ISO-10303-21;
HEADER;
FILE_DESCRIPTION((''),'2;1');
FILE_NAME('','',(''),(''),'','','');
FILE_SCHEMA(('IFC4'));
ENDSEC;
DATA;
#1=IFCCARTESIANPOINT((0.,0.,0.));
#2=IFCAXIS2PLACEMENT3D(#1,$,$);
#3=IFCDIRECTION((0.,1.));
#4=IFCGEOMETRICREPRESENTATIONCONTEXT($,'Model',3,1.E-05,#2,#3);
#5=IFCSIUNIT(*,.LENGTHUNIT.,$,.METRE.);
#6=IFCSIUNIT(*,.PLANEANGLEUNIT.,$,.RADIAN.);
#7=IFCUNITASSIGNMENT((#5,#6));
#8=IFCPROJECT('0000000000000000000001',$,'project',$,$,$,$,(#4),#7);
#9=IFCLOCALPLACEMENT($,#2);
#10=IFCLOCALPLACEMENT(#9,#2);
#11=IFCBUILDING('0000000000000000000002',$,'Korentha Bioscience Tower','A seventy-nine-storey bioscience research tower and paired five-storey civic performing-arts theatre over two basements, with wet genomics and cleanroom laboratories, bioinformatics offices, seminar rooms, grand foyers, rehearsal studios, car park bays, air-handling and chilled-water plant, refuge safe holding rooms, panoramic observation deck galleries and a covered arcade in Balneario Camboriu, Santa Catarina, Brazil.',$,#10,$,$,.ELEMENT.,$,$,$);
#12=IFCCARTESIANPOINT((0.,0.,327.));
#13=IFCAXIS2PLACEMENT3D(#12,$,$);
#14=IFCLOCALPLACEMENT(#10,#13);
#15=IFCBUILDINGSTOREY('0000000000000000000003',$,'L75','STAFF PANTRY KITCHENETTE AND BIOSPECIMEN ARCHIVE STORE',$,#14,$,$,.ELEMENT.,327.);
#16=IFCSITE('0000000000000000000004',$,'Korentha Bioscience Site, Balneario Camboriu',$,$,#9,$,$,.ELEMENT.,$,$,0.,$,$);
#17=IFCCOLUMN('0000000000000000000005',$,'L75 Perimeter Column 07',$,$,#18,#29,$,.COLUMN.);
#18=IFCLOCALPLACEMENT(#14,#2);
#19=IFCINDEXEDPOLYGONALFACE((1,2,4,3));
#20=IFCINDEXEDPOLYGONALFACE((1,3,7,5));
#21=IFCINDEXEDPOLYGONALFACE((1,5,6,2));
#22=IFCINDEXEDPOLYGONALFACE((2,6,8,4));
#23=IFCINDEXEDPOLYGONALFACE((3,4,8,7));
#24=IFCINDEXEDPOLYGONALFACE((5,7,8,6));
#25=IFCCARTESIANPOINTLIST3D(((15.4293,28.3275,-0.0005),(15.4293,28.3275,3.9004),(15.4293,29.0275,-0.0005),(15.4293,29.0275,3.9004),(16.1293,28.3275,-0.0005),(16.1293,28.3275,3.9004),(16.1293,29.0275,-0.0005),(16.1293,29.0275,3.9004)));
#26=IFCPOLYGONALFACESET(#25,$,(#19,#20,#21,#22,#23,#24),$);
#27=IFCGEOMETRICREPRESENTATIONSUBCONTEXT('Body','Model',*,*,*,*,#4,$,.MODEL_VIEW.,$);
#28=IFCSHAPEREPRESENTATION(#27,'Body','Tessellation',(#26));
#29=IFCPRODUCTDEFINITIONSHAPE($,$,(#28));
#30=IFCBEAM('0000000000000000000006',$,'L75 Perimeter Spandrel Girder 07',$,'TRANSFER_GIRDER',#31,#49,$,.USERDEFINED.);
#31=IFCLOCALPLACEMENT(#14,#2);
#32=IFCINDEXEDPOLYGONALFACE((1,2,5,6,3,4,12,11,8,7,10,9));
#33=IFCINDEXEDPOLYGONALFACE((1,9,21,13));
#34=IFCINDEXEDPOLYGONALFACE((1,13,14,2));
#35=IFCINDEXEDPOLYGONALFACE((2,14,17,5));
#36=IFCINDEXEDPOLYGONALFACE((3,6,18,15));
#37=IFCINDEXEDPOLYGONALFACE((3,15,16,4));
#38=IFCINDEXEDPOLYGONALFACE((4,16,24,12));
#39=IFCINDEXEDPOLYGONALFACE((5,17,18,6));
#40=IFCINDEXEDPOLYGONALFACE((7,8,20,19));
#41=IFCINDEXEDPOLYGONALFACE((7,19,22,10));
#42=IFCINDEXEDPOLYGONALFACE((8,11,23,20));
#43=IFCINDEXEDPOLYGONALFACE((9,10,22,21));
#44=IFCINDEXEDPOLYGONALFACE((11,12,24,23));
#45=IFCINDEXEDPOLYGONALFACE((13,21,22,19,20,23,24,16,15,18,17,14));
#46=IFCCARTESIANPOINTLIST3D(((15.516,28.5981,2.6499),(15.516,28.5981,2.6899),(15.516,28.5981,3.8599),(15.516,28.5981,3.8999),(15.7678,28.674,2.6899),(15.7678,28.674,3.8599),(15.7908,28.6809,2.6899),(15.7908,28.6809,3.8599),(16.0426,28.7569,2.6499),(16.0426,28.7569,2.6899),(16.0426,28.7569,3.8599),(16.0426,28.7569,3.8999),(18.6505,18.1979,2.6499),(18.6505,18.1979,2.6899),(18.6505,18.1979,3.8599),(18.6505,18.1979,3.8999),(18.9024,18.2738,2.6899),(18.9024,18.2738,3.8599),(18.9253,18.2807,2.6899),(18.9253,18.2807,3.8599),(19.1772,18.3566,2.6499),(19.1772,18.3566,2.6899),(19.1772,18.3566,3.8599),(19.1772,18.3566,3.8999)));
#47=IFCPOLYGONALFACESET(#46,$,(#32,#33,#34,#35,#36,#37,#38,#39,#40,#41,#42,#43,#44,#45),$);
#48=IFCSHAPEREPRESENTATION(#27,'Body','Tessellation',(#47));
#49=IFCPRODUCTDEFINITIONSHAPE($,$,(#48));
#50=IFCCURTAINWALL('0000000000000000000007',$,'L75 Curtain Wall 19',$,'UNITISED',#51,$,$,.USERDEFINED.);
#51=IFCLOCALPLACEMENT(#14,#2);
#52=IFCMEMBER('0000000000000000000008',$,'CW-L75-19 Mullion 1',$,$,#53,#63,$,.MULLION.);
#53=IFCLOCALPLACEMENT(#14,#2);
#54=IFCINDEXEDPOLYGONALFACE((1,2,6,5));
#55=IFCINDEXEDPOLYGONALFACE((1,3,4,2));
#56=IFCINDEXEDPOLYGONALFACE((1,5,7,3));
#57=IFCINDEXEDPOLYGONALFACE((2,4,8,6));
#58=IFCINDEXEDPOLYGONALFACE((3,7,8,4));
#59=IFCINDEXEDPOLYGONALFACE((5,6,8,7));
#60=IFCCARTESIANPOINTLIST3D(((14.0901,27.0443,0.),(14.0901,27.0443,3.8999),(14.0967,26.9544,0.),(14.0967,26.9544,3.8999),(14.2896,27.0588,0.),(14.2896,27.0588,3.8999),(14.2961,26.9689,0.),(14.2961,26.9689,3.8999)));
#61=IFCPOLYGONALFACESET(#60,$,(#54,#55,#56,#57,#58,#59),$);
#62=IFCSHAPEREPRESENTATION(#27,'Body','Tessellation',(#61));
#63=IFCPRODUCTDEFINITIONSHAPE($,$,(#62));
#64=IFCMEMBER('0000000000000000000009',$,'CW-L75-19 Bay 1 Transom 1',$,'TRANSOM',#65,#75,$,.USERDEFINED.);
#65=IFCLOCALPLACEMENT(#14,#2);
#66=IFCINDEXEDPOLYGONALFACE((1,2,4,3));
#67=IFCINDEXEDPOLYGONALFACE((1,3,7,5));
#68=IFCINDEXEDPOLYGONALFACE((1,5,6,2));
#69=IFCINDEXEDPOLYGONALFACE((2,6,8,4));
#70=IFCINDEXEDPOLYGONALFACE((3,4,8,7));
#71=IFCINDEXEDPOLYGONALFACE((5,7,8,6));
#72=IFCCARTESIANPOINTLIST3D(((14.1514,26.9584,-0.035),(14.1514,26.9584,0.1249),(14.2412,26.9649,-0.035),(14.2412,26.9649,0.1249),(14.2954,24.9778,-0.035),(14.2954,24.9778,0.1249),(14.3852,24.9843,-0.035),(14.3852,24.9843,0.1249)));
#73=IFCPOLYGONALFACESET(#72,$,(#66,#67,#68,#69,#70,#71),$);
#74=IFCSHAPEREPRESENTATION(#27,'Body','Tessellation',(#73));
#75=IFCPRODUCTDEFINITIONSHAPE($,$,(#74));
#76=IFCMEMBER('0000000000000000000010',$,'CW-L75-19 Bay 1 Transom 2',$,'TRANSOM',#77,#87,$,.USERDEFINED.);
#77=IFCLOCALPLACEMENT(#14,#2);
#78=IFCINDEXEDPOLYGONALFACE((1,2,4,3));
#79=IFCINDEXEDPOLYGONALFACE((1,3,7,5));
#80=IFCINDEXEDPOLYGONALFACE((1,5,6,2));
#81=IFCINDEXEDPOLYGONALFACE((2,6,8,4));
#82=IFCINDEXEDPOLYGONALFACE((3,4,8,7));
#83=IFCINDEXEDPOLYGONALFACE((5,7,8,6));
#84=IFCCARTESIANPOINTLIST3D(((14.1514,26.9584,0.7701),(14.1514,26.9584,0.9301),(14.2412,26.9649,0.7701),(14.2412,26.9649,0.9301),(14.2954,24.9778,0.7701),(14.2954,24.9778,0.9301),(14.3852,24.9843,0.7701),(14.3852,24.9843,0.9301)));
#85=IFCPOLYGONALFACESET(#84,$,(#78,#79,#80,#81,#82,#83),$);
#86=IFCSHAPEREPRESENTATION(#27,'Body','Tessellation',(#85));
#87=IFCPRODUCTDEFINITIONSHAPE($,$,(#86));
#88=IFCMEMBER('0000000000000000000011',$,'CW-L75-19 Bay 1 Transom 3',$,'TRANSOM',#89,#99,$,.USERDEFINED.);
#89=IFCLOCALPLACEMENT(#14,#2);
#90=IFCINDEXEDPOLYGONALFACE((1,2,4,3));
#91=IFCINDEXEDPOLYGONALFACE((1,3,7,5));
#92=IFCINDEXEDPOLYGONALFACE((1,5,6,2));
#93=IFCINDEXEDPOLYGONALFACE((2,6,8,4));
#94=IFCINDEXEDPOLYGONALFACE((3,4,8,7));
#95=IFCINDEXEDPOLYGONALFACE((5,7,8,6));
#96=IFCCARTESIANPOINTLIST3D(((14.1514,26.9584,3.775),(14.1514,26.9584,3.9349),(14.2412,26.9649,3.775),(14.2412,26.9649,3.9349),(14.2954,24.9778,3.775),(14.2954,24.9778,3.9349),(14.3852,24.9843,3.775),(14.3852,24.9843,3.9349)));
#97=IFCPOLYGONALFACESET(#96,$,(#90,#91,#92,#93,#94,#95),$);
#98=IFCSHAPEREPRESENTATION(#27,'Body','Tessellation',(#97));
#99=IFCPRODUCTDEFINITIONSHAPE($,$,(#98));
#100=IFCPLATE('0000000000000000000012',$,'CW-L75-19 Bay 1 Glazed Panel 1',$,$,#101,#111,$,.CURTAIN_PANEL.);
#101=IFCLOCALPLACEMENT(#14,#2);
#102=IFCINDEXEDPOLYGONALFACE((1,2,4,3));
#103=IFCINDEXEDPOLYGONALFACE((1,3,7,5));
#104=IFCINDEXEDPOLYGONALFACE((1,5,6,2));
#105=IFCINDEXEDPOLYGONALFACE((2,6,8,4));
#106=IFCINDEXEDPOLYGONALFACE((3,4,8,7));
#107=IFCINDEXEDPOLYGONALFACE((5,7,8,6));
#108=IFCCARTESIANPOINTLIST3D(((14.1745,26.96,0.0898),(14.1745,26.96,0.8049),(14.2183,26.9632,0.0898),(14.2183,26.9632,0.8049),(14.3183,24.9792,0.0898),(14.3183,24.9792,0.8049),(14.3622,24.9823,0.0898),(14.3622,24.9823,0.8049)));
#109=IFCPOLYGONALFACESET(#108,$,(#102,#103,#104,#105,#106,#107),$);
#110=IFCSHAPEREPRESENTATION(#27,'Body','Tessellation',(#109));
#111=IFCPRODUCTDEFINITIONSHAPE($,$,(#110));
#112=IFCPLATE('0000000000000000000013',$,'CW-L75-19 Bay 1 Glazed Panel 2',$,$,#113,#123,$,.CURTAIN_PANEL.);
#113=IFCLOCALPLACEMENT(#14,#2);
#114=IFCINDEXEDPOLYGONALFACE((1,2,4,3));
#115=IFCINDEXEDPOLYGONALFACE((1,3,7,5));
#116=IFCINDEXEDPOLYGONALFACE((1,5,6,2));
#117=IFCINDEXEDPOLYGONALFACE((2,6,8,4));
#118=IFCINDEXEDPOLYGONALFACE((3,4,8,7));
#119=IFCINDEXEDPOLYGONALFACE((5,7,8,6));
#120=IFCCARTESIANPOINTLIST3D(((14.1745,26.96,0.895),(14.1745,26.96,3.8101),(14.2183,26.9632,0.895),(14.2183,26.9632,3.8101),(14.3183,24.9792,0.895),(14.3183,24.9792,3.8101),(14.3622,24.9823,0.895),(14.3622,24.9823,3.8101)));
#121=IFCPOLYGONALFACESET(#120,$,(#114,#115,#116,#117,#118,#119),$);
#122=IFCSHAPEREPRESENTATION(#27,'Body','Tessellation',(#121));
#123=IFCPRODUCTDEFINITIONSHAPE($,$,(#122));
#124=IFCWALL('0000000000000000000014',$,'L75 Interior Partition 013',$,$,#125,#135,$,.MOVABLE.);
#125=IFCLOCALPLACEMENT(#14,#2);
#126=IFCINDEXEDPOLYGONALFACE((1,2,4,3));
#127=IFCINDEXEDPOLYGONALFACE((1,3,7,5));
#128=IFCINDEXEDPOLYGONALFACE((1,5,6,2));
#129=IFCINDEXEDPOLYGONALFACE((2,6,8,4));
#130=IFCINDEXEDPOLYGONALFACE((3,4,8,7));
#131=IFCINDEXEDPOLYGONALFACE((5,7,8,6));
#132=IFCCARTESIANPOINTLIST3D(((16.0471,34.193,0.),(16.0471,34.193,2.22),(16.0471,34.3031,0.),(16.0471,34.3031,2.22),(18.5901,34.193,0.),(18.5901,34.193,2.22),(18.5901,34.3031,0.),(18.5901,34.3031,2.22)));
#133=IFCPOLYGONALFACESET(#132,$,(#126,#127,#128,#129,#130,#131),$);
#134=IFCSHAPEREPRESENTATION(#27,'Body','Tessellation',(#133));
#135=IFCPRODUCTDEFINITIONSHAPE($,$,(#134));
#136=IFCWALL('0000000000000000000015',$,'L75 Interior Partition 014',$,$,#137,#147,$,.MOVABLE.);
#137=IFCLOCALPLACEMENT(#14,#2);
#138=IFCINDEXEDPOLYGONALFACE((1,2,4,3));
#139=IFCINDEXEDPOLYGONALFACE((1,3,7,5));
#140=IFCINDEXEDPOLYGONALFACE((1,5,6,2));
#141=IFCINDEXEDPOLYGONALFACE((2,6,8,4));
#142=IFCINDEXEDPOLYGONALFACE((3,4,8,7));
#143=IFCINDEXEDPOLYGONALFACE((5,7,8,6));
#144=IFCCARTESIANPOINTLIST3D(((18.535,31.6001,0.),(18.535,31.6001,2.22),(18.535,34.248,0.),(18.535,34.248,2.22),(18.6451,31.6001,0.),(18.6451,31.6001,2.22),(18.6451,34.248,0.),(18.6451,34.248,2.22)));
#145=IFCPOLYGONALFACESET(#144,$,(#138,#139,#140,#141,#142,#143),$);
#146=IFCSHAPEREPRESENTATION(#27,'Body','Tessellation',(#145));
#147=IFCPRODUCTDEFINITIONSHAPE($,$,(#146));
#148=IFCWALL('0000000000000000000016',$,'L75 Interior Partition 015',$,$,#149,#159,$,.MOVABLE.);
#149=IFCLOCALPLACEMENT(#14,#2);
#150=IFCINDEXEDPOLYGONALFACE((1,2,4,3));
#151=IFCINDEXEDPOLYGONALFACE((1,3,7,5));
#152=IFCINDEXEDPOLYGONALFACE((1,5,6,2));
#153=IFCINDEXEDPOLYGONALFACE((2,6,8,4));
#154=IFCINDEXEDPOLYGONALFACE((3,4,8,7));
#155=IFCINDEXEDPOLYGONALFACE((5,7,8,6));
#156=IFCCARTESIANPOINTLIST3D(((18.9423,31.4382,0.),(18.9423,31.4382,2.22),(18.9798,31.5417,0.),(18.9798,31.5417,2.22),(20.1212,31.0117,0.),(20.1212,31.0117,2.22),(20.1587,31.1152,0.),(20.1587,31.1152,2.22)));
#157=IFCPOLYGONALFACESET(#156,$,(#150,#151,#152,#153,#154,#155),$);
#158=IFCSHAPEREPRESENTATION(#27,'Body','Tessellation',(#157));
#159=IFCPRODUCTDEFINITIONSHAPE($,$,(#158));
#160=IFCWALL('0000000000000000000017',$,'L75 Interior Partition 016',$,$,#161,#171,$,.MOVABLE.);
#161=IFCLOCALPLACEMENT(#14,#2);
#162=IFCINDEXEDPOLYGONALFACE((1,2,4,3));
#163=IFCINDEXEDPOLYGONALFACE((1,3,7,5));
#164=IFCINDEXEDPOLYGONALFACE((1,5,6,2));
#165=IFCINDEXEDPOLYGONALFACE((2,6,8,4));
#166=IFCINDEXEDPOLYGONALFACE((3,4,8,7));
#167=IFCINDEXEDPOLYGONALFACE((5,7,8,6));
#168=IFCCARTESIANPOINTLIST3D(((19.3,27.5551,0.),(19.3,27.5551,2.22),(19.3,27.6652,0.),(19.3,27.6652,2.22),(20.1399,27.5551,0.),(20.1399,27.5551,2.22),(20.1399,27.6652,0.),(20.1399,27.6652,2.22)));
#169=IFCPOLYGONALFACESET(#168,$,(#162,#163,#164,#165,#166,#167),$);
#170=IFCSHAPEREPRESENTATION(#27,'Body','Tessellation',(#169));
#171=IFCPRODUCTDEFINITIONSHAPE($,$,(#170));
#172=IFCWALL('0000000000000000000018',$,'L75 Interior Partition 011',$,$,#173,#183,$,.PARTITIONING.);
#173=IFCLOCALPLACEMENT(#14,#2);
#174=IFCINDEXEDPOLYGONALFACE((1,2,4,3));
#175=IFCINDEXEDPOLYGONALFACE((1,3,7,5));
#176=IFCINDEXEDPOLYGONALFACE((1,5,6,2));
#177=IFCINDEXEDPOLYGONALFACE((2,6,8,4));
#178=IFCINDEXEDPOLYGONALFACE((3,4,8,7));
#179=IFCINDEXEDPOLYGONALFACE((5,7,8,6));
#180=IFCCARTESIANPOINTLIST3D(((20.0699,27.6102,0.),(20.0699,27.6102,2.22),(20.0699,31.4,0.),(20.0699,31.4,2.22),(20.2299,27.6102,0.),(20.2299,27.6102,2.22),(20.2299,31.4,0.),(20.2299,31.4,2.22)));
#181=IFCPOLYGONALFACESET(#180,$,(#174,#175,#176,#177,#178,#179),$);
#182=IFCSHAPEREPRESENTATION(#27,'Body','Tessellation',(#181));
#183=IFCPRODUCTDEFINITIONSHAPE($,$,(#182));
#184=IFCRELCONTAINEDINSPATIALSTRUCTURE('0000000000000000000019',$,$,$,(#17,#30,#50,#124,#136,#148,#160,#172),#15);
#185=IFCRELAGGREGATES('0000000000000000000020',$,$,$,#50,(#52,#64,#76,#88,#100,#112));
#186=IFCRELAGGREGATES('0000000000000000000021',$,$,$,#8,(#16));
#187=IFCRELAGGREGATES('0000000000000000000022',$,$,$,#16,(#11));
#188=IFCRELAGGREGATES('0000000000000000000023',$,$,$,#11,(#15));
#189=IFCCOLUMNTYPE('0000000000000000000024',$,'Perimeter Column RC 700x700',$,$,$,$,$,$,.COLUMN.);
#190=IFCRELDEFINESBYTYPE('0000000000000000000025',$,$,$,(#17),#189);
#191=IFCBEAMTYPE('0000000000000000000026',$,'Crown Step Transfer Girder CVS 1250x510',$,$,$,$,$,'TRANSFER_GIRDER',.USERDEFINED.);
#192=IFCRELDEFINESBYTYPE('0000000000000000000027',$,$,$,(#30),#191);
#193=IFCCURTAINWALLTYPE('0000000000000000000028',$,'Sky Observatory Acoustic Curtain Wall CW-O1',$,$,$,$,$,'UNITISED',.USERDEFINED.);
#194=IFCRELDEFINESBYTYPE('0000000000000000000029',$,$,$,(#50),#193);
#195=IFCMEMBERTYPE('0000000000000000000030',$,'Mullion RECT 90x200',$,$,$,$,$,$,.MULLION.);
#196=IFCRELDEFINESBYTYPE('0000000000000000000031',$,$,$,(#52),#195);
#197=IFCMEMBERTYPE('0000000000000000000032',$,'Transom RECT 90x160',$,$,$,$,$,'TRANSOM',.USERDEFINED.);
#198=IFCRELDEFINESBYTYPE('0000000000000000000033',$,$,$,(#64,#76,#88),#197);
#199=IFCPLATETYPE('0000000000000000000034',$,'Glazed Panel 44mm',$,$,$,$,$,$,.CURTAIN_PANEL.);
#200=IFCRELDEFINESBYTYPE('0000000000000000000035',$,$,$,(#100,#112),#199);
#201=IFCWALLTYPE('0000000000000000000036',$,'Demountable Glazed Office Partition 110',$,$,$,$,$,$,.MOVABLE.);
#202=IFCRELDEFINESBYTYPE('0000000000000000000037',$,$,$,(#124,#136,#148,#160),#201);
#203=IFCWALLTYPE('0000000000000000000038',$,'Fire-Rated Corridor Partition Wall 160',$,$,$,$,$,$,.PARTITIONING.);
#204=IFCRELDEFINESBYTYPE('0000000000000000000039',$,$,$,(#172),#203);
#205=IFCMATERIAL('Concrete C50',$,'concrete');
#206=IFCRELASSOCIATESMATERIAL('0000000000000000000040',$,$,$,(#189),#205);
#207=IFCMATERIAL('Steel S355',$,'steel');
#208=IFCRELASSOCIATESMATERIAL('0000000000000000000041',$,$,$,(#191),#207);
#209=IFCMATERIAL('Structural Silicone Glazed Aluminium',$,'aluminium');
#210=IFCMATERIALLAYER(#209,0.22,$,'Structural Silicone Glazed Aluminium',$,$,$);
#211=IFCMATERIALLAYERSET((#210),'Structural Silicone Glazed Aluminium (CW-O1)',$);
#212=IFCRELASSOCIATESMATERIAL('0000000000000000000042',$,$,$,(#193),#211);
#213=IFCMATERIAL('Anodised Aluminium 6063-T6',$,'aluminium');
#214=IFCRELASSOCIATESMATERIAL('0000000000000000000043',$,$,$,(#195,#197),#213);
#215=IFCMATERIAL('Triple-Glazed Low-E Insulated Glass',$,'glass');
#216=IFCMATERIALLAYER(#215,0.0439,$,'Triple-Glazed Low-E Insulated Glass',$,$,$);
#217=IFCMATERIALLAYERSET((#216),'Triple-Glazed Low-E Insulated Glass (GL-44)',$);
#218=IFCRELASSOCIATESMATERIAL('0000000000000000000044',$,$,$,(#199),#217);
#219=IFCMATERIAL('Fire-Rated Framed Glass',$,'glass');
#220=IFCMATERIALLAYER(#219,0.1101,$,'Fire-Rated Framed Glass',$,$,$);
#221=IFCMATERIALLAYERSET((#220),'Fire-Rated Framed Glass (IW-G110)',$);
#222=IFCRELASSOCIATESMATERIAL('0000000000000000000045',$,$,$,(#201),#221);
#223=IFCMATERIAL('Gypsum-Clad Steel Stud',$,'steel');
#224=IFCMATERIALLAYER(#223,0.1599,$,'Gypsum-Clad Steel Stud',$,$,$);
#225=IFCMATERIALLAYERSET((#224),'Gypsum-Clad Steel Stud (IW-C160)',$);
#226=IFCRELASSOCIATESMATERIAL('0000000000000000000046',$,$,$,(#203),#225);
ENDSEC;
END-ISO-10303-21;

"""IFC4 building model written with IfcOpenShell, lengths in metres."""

from ifc_helpers import new_model, si_unit, direction, frame, frame_2d, origin, origin_2d, place, context, subcontext, project, spatial, rectangle, i_section, extrude, material, layer, layer_set, material_profile, profile_set, type_object, element, aggregate, save


model = new_model("IFC4")

# Units and contexts
model_context = context("Model", 3, precision=1e-05, world=origin(), true_north=direction((0.0, 1.0)))
body_context = subcontext(model_context, "Body", "Model", "MODEL_VIEW")
ifc_project = project(units=[si_unit("LENGTHUNIT", "METRE"), si_unit("PLANEANGLEUNIT", "RADIAN")], contexts=[model_context])

# Site, building, storey
site_placement = place(None, origin())
site = spatial("IfcSite", under=ifc_project, at=site_placement, Name="Korentha Bioscience Site, Balneario Camboriu", CompositionType="ELEMENT", RefElevation=0.0)
building_placement = place(site_placement, origin())
building = spatial("IfcBuilding", under=site, at=building_placement, Name="Korentha Bioscience Tower", Description="A seventy-nine-storey bioscience research tower and paired five-storey civic performing-arts theatre over two basements, with wet genomics and cleanroom laboratories, bioinformatics offices, seminar rooms, grand foyers, rehearsal studios, car park bays, air-handling and chilled-water plant, refuge safe holding rooms, panoramic observation deck galleries and a covered arcade in Balneario Camboriu, Santa Catarina, Brazil.", CompositionType="ELEMENT")
storey_placement = place(building_placement, frame((0.0, 0.0, 327.0)))
storey = spatial("IfcBuildingStorey", under=building, at=storey_placement, Name="L75", Description="STAFF PANTRY KITCHENETTE AND BIOSPECIMEN ARCHIVE STORE", CompositionType="ELEMENT", Elevation=327.0)

# Column
ifc_material_1 = material(Name="Concrete C50", Category="concrete")
ifc_material_profile_1 = material_profile(ifc_material_1, rectangle(XDim=0.7, YDim=0.7, at=origin_2d()), Name="Concrete C50")
ifc_profile_set_1 = profile_set([ifc_material_profile_1], Name="Concrete C50 (COL-P07)")
column_type = type_object("IfcColumnType", Name="Perimeter Column RC 700x700", PredefinedType="COLUMN", material=ifc_profile_set_1)
column_placement = place(storey_placement, frame((15.7793, 28.6775, -0.0005), z_axis=(0.0, 0.0, 1.0), x_axis=(0.0, 1.0, 0.0)))
element("IfcColumn", 1, at=column_placement, inside=storey, type_object=column_type, Name="L75 Perimeter Column 07", PredefinedType="COLUMN", context=body_context, shape_type="SweptSolid", body=[
    extrude(rectangle(XDim=0.7, YDim=0.7, at=origin_2d()), origin(), (0.0, 0.0, 1.0), 3.9009),
])

# Beam
ifc_material_2 = material(Name="Steel S355", Category="steel")
ifc_material_profile_2 = material_profile(ifc_material_2, i_section(OverallWidth=0.55, OverallDepth=1.25, WebThickness=0.0239, FlangeThickness=0.04, at=origin_2d()), Name="Steel S355")
ifc_profile_set_2 = profile_set([ifc_material_profile_2], Name="Steel S355 (TG-03)")
beam_type = type_object("IfcBeamType", Name="Crown Step Transfer Girder CVS 1250x510", ElementType="TRANSFER_GIRDER", PredefinedType="USERDEFINED", material=ifc_profile_set_2)
beam_placement = place(storey_placement, frame((15.7793, 28.6775, 3.2749), z_axis=(0.28857, -0.957459, 0.0), x_axis=(0.957459, 0.28857, 0.0)))
element("IfcBeam", 2, at=beam_placement, inside=storey, type_object=beam_type, Name="L75 Perimeter Spandrel Girder 07", ObjectType="TRANSFER_GIRDER", PredefinedType="USERDEFINED", context=body_context, shape_type="SweptSolid", body=[
    extrude(i_section(OverallWidth=0.55, OverallDepth=1.25, WebThickness=0.0239, FlangeThickness=0.04, at=origin_2d()), origin(), (0.0, 0.0, 1.0), 10.8623),
])

# Curtain wall, members, plates
ifc_material_3 = material(Name="Structural Silicone Glazed Aluminium", Category="aluminium")
ifc_layer_1 = layer(ifc_material_3, 0.22, Name="Structural Silicone Glazed Aluminium")
ifc_layer_set_1 = layer_set([ifc_layer_1], Name="Structural Silicone Glazed Aluminium (CW-O1)")
curtain_wall_type = type_object("IfcCurtainWallType", Name="Sky Observatory Acoustic Curtain Wall CW-O1", ElementType="UNITISED", PredefinedType="USERDEFINED", material=ifc_layer_set_1)
curtain_wall_placement = place(storey_placement, origin())
curtain_wall = element("IfcCurtainWall", 3, at=curtain_wall_placement, inside=storey, type_object=curtain_wall_type, Name="L75 Curtain Wall 19", ObjectType="UNITISED", PredefinedType="USERDEFINED")
ifc_material_4 = material(Name="Anodised Aluminium 6063-T6", Category="aluminium")
ifc_material_profile_3 = material_profile(ifc_material_4, rectangle(XDim=0.0901, YDim=0.2, at=origin_2d()), Name="Anodised Aluminium 6063-T6")
ifc_profile_set_3 = profile_set([ifc_material_profile_3], Name="Anodised Aluminium 6063-T6 (CW-MUL)")
member_type_1 = type_object("IfcMemberType", Name="Mullion RECT 90x200", PredefinedType="MULLION", material=ifc_profile_set_3)
member_1_placement = place(storey_placement, frame((14.1931, 27.0066, 0.0), z_axis=(0.0, 0.0, 1.0), x_axis=(0.072435, -0.997373, 0.0)))
member_1 = element("IfcMember", 4, at=member_1_placement, type_object=member_type_1, Name="CW-L75-19 Mullion 1", PredefinedType="MULLION", context=body_context, shape_type="SweptSolid", body=[
    extrude(rectangle(XDim=0.0901, YDim=0.2, at=origin_2d()), origin(), (0.0, 0.0, 1.0), 3.8999),
])
ifc_material_profile_4 = material_profile(ifc_material_4, rectangle(XDim=0.0901, YDim=0.1599, at=origin_2d()), Name="Anodised Aluminium 6063-T6")
ifc_profile_set_4 = profile_set([ifc_material_profile_4], Name="Anodised Aluminium 6063-T6 (CW-TRN)")
member_type_2 = type_object("IfcMemberType", Name="Transom RECT 90x160", ElementType="TRANSOM", PredefinedType="USERDEFINED", material=ifc_profile_set_4)
member_2_placement = place(storey_placement, frame((14.1963, 26.9617, 0.0449), z_axis=(0.072531, -0.997366, 0.0), x_axis=(0.997366, 0.072531, 0.0)))
member_2 = element("IfcMember", 5, at=member_2_placement, type_object=member_type_2, Name="CW-L75-19 Bay 1 Transom 1", ObjectType="TRANSOM", PredefinedType="USERDEFINED", context=body_context, shape_type="SweptSolid", body=[
    extrude(rectangle(XDim=0.0901, YDim=0.1599, at=origin_2d()), origin(), (0.0, 0.0, 1.0), 1.9858),
])
member_3_placement = place(storey_placement, frame((14.1963, 26.9617, 0.8501), z_axis=(0.072531, -0.997366, 0.0), x_axis=(0.997366, 0.072531, 0.0)))
member_3 = element("IfcMember", 6, at=member_3_placement, type_object=member_type_2, Name="CW-L75-19 Bay 1 Transom 2", ObjectType="TRANSOM", PredefinedType="USERDEFINED", context=body_context, shape_type="SweptSolid", body=[
    extrude(rectangle(XDim=0.0901, YDim=0.1599, at=origin_2d()), origin(), (0.0, 0.0, 1.0), 1.9858),
])
member_4_placement = place(storey_placement, frame((14.1963, 26.9617, 3.855), z_axis=(0.072531, -0.997366, 0.0), x_axis=(0.997366, 0.072531, 0.0)))
member_4 = element("IfcMember", 7, at=member_4_placement, type_object=member_type_2, Name="CW-L75-19 Bay 1 Transom 3", ObjectType="TRANSOM", PredefinedType="USERDEFINED", context=body_context, shape_type="SweptSolid", body=[
    extrude(rectangle(XDim=0.0901, YDim=0.1599, at=origin_2d()), origin(), (0.0, 0.0, 1.0), 1.9858),
])
ifc_material_5 = material(Name="Triple-Glazed Low-E Insulated Glass", Category="glass")
ifc_layer_2 = layer(ifc_material_5, 0.0439, Name="Triple-Glazed Low-E Insulated Glass")
ifc_layer_set_2 = layer_set([ifc_layer_2], Name="Triple-Glazed Low-E Insulated Glass (GL-44)")
plate_type = type_object("IfcPlateType", Name="Glazed Panel 44mm", PredefinedType="CURTAIN_PANEL", material=ifc_layer_set_2)
plate_1_placement = place(storey_placement, frame((14.2683, 25.9712, 0.0898), z_axis=(0.0, 0.0, 1.0), x_axis=(0.072435, -0.997373, 0.0)))
plate_1 = element("IfcPlate", 8, at=plate_1_placement, type_object=plate_type, Name="CW-L75-19 Bay 1 Glazed Panel 1", PredefinedType="CURTAIN_PANEL", context=body_context, shape_type="SweptSolid", body=[
    extrude(rectangle(XDim=1.9861, YDim=0.0439, at=origin_2d()), origin(), (0.0, 0.0, 1.0), 0.7151),
])
plate_2_placement = place(storey_placement, frame((14.2683, 25.9712, 0.895), z_axis=(0.0, 0.0, 1.0), x_axis=(0.072435, -0.997373, 0.0)))
plate_2 = element("IfcPlate", 9, at=plate_2_placement, type_object=plate_type, Name="CW-L75-19 Bay 1 Glazed Panel 2", PredefinedType="CURTAIN_PANEL", context=body_context, shape_type="SweptSolid", body=[
    extrude(rectangle(XDim=1.9861, YDim=0.0439, at=origin_2d()), origin(), (0.0, 0.0, 1.0), 2.915),
])
aggregate(curtain_wall, [member_1, member_2, member_3, member_4, plate_1, plate_2])

# Shared definitions
ifc_material_6 = material(Name="Fire-Rated Framed Glass", Category="glass")
ifc_layer_3 = layer(ifc_material_6, 0.1101, Name="Fire-Rated Framed Glass")
ifc_layer_set_3 = layer_set([ifc_layer_3], Name="Fire-Rated Framed Glass (IW-G110)")
wall_type_1 = type_object("IfcWallType", Name="Demountable Glazed Office Partition 110", PredefinedType="MOVABLE", material=ifc_layer_set_3)

# Walls
wall_1_placement = place(storey_placement, frame((16.0471, 34.248, 0.0), z_axis=(0.0, 0.0, 1.0), x_axis=(1.0, 0.0, 0.0)))
element("IfcWall", 10, at=wall_1_placement, inside=storey, type_object=wall_type_1, Name="L75 Interior Partition 013", PredefinedType="MOVABLE", context=body_context, shape_type="SweptSolid", body=[
    extrude(rectangle(XDim=2.543, YDim=0.1101, at=frame_2d((1.2715, 0.0))), origin(), (0.0, 0.0, 1.0), 2.22),
])
wall_2_placement = place(storey_placement, frame((18.5901, 34.248, 0.0), z_axis=(0.0, 0.0, 1.0), x_axis=(0.0, -1.0, 0.0)))
element("IfcWall", 11, at=wall_2_placement, inside=storey, type_object=wall_type_1, Name="L75 Interior Partition 014", PredefinedType="MOVABLE", context=body_context, shape_type="SweptSolid", body=[
    extrude(rectangle(XDim=2.6479, YDim=0.1101, at=frame_2d((1.324, 0.0))), origin(), (0.0, 0.0, 1.0), 2.22),
])
wall_3_placement = place(storey_placement, frame((18.9609, 31.49, 0.0), z_axis=(0.0, 0.0, 1.0), x_axis=(0.940355, -0.340195, 0.0)))
element("IfcWall", 12, at=wall_3_placement, inside=storey, type_object=wall_type_1, Name="L75 Interior Partition 015", PredefinedType="MOVABLE", context=body_context, shape_type="SweptSolid", body=[
    extrude(rectangle(XDim=1.2537, YDim=0.1101, at=frame_2d((0.627, 0.0))), origin(), (0.0, 0.0, 1.0), 2.22),
])
wall_4_placement = place(storey_placement, frame((20.1399, 27.6101, 0.0), z_axis=(0.0, 0.0, 1.0), x_axis=(-1.0, 0.0, 0.0)))
element("IfcWall", 13, at=wall_4_placement, inside=storey, type_object=wall_type_1, Name="L75 Interior Partition 016", PredefinedType="MOVABLE", context=body_context, shape_type="SweptSolid", body=[
    extrude(rectangle(XDim=0.8398, YDim=0.1101, at=frame_2d((0.4199, 0.0))), origin(), (0.0, 0.0, 1.0), 2.22),
])
ifc_material_7 = material(Name="Gypsum-Clad Steel Stud", Category="steel")
ifc_layer_4 = layer(ifc_material_7, 0.1599, Name="Gypsum-Clad Steel Stud")
ifc_layer_set_4 = layer_set([ifc_layer_4], Name="Gypsum-Clad Steel Stud (IW-C160)")
wall_type_2 = type_object("IfcWallType", Name="Fire-Rated Corridor Partition Wall 160", PredefinedType="PARTITIONING", material=ifc_layer_set_4)
wall_5_placement = place(storey_placement, frame((20.1499, 27.6101, 0.0), z_axis=(0.0, 0.0, 1.0), x_axis=(0.0, 1.0, 0.0)))
element("IfcWall", 14, at=wall_5_placement, inside=storey, type_object=wall_type_2, Name="L75 Interior Partition 011", PredefinedType="PARTITIONING", context=body_context, shape_type="SweptSolid", body=[
    extrude(rectangle(XDim=3.7898, YDim=0.1599, at=frame_2d((1.895, 0.0))), origin(), (0.0, 0.0, 1.0), 2.22),
])

save(model, "model.ifc")
